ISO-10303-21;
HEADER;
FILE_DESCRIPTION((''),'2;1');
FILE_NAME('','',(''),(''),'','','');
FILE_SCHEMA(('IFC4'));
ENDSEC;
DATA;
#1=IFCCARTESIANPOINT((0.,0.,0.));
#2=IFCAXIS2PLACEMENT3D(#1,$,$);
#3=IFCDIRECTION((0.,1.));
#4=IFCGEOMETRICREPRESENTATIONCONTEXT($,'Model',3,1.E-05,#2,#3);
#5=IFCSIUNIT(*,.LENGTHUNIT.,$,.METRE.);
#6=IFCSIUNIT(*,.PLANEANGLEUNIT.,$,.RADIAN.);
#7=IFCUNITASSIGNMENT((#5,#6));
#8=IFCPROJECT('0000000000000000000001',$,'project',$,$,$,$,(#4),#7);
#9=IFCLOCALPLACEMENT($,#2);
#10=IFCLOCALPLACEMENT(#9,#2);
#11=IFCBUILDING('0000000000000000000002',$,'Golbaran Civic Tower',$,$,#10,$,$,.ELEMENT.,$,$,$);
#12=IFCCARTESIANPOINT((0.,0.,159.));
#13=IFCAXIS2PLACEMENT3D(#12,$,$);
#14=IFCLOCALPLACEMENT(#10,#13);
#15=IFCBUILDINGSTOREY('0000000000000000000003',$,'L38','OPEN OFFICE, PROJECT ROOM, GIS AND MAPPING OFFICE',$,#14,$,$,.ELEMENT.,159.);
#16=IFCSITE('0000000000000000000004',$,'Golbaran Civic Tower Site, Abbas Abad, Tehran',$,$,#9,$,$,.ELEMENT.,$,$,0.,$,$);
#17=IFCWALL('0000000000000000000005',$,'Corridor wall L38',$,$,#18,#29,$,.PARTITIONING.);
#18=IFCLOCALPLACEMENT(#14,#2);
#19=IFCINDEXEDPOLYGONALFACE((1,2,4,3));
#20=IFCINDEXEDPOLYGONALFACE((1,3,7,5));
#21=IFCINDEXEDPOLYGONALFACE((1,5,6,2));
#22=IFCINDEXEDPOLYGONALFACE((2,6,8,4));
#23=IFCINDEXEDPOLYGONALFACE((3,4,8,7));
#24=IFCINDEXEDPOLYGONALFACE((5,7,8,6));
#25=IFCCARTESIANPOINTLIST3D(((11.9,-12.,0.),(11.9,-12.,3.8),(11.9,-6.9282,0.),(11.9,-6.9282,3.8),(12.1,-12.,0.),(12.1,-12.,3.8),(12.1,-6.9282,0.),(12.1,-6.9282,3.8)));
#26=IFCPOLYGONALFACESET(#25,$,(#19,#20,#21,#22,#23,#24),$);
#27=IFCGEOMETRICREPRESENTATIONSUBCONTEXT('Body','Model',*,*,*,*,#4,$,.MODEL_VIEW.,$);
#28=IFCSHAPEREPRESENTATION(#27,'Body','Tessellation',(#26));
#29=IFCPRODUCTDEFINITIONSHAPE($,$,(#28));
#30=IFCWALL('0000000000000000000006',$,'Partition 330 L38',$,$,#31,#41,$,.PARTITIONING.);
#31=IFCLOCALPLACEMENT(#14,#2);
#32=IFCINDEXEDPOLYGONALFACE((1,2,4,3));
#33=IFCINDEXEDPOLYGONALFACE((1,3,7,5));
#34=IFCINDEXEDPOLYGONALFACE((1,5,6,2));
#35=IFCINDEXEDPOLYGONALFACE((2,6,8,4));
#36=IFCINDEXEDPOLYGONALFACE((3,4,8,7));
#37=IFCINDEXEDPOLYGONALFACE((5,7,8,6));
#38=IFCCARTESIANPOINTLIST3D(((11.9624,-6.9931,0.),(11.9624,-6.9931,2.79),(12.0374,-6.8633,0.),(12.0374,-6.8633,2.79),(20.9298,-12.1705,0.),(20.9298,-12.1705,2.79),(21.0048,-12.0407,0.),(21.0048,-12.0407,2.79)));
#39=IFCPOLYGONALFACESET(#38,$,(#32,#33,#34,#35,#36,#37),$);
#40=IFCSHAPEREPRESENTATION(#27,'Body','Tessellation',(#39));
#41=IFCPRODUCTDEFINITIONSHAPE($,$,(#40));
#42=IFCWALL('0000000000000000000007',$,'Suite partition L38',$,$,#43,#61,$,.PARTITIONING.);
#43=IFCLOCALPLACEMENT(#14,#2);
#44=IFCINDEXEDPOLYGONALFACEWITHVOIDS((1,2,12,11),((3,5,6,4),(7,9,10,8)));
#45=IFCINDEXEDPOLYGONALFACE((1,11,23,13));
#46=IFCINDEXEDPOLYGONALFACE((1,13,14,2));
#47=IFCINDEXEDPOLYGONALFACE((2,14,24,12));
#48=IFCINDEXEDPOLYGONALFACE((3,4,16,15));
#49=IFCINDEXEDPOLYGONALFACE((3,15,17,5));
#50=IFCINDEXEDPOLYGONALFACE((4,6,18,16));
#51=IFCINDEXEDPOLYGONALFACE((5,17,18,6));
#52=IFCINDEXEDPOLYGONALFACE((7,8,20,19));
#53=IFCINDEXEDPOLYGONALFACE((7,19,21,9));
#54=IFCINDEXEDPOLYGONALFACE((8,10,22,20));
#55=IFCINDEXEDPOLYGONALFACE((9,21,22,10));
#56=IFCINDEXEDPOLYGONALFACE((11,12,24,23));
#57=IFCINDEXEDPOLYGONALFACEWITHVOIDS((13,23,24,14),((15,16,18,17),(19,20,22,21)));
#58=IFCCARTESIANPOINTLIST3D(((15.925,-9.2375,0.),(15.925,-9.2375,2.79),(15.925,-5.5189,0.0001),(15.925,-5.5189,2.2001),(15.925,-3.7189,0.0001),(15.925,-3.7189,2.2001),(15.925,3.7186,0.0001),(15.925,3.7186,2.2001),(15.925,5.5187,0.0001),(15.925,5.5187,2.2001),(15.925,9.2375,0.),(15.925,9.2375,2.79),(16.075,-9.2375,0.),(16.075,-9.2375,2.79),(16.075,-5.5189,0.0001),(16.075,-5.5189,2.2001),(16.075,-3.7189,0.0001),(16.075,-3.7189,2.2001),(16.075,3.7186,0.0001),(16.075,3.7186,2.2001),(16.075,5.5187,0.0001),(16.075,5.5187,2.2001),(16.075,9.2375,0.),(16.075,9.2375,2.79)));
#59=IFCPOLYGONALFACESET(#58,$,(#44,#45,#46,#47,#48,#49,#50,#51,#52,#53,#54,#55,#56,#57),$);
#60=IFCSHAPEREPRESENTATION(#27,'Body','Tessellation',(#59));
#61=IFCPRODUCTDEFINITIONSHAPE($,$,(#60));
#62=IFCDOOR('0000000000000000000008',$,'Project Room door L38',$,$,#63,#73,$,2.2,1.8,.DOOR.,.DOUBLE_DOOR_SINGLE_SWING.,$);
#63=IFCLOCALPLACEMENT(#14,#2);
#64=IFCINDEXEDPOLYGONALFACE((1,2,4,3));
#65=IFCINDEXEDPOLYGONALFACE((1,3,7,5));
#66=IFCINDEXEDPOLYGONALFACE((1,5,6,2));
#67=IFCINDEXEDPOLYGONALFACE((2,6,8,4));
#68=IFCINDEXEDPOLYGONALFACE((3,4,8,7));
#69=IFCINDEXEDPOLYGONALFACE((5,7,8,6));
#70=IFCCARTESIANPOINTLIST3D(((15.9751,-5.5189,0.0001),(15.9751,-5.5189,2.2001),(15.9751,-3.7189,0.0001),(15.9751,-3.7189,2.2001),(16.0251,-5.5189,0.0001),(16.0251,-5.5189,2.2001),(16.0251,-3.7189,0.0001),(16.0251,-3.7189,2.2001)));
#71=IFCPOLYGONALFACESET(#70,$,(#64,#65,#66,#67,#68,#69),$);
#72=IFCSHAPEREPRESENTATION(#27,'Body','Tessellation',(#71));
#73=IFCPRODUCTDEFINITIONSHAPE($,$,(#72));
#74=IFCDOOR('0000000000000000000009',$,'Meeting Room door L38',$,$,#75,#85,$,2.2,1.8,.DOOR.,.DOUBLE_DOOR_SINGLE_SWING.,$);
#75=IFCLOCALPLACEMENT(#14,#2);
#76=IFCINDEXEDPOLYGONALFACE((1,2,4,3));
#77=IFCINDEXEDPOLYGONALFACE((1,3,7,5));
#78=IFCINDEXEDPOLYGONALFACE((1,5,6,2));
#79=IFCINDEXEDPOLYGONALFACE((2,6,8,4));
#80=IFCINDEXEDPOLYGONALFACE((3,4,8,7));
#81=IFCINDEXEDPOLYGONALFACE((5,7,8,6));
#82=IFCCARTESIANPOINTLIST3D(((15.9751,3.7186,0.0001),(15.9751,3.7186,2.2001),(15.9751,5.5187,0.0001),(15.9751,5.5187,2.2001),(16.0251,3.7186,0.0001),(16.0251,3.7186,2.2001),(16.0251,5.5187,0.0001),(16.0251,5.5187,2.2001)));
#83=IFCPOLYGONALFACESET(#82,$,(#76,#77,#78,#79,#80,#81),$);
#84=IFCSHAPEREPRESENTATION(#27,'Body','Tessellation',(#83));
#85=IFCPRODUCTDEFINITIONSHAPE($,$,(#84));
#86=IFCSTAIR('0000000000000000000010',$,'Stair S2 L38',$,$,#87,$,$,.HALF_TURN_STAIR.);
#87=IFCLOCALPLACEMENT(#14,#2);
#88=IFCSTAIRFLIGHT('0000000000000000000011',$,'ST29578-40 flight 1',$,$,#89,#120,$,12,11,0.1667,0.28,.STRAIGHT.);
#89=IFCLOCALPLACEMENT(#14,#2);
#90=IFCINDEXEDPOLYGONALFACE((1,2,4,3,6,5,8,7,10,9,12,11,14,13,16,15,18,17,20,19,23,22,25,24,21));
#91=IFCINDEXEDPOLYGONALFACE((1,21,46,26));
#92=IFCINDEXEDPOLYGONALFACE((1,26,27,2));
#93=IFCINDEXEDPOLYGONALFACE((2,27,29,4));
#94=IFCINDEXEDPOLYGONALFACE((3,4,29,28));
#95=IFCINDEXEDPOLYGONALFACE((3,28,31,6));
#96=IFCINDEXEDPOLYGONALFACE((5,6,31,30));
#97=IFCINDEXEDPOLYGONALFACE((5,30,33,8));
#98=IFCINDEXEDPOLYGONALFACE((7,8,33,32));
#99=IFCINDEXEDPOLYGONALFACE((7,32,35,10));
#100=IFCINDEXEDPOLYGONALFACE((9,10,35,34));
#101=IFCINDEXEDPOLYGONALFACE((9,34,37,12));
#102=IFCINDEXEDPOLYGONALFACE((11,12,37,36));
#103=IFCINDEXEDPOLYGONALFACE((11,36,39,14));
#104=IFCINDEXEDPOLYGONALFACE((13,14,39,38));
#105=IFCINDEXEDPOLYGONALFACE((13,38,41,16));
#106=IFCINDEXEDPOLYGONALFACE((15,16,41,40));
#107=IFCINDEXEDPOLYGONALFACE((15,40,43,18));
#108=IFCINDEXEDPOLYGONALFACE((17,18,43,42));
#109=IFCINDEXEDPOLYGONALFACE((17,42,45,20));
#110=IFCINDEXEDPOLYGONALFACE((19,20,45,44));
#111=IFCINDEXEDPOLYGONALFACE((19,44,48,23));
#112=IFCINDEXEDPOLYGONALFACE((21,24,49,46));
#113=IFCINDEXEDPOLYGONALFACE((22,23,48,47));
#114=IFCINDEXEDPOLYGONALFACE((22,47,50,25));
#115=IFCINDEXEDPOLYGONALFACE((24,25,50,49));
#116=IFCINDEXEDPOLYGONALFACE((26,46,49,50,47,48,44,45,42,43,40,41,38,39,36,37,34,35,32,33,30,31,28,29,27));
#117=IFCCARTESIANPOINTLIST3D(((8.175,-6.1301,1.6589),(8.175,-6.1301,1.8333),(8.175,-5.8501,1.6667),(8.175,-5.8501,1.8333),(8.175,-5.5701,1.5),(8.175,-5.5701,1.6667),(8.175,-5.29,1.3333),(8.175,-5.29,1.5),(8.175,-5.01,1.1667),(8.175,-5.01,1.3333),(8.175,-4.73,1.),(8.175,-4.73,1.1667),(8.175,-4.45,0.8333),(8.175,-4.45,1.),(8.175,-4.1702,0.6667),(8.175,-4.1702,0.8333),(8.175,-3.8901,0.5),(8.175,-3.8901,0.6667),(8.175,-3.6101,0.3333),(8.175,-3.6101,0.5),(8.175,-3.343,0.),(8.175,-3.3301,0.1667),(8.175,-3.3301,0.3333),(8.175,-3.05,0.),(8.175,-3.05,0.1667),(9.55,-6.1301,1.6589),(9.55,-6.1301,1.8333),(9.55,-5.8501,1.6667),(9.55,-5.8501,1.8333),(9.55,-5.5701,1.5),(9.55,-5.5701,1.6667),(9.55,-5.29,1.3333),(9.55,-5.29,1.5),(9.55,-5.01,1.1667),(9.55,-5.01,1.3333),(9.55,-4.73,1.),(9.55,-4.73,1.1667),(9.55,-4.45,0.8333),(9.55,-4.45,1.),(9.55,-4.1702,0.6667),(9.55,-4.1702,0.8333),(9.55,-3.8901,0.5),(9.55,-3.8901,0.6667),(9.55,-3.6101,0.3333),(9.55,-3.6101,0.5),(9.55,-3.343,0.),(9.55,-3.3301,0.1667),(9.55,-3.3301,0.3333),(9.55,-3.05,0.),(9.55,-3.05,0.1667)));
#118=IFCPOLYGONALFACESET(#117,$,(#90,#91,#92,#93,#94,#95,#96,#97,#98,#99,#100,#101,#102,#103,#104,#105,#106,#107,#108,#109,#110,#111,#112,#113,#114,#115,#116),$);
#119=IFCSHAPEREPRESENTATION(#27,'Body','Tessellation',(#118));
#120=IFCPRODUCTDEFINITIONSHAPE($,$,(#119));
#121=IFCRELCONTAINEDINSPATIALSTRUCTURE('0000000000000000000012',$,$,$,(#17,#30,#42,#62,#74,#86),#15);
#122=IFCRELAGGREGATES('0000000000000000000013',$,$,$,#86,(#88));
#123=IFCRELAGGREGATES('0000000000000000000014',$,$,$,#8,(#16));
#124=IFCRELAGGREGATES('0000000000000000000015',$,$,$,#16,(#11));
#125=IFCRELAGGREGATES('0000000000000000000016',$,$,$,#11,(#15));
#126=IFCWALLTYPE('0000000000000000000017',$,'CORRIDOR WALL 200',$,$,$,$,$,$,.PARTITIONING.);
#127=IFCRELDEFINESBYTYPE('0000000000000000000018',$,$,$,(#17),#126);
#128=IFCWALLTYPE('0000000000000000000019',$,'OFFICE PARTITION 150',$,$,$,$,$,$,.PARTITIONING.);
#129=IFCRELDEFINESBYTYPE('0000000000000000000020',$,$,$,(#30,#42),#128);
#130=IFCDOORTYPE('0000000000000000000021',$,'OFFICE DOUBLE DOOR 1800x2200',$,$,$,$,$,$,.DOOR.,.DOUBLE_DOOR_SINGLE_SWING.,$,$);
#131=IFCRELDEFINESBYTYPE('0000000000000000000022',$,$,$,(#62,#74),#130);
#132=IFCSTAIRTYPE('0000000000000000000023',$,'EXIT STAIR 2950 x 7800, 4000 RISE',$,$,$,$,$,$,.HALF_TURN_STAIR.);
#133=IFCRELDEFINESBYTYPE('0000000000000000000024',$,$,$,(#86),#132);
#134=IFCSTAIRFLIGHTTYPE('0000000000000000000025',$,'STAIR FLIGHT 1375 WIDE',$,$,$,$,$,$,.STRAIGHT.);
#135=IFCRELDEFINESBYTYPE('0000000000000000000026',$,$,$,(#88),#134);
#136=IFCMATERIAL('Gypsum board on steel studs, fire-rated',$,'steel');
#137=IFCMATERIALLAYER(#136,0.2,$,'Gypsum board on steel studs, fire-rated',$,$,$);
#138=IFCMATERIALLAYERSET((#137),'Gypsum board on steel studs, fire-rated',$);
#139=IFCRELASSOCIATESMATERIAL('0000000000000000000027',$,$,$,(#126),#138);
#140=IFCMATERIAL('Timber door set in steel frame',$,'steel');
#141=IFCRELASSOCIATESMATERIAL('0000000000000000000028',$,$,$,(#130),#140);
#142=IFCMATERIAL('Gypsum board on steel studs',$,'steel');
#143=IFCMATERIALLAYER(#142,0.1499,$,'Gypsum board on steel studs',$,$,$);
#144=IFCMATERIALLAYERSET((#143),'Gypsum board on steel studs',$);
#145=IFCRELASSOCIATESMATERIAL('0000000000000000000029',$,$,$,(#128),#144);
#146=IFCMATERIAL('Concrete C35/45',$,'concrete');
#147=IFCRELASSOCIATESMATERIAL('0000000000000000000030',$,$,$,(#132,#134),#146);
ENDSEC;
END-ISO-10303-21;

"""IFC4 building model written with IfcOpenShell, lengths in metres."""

from ifc_helpers import new_model, si_unit, direction, frame, frame_2d, origin, place, context, subcontext, project, spatial, polyline, rectangle, outline, extrude, material, layer, layer_set, type_object, element, fill, aggregate, save


model = new_model("IFC4")

# Units and contexts
model_context = context("Model", 3, precision=1e-05, world=origin(), true_north=direction((0.0, 1.0)))
body_context = subcontext(model_context, "Body", "Model", "MODEL_VIEW")
ifc_project = project(units=[si_unit("LENGTHUNIT", "METRE"), si_unit("PLANEANGLEUNIT", "RADIAN")], contexts=[model_context])

# Site, building, storey
site_placement = place(None, origin())
site = spatial("IfcSite", under=ifc_project, at=site_placement, Name="Golbaran Civic Tower Site, Abbas Abad, Tehran", CompositionType="ELEMENT", RefElevation=0.0)
building_placement = place(site_placement, origin())
building = spatial("IfcBuilding", under=site, at=building_placement, Name="Golbaran Civic Tower", CompositionType="ELEMENT")
storey_placement = place(building_placement, frame((0.0, 0.0, 159.0)))
storey = spatial("IfcBuildingStorey", under=building, at=storey_placement, Name="L38", Description="OPEN OFFICE, PROJECT ROOM, GIS AND MAPPING OFFICE", CompositionType="ELEMENT", Elevation=159.0)

# Shared definitions
ifc_material_1 = material(Name="Timber door set in steel frame", Category="steel")

# Shared definitions
ifc_material_2 = material(Name="Gypsum board on steel studs, fire-rated", Category="steel")
ifc_layer_1 = layer(ifc_material_2, 0.2, Name="Gypsum board on steel studs, fire-rated")
ifc_layer_set_1 = layer_set([ifc_layer_1], Name="Gypsum board on steel studs, fire-rated")
wall_type_1 = type_object("IfcWallType", Name="CORRIDOR WALL 200", PredefinedType="PARTITIONING", material=ifc_layer_set_1)
door_type_1 = type_object("IfcDoorType", Name="OFFICE DOUBLE DOOR 1800x2200", OperationType="DOUBLE_DOOR_SINGLE_SWING", PredefinedType="DOOR", material=ifc_material_1)

# Walls
wall_1_placement = place(storey_placement, frame((12.0, -12.0, 0.0), z_axis=(0.0, 0.0, 1.0), x_axis=(0.0, 1.0, 0.0)))
element("IfcWall", 1, at=wall_1_placement, inside=storey, type_object=wall_type_1, Name="Corridor wall L38", PredefinedType="PARTITIONING", context=body_context, shape_type="SweptSolid", body=[
    extrude(rectangle(XDim=5.0718, YDim=0.2, at=frame_2d((2.5359, 0.0))), origin(), (0.0, 0.0, 1.0), 3.8),
])
ifc_material_3 = material(Name="Gypsum board on steel studs", Category="steel")
ifc_layer_2 = layer(ifc_material_3, 0.1499, Name="Gypsum board on steel studs")
ifc_layer_set_2 = layer_set([ifc_layer_2], Name="Gypsum board on steel studs")
wall_type_2 = type_object("IfcWallType", Name="OFFICE PARTITION 150", PredefinedType="PARTITIONING", material=ifc_layer_set_2)
wall_2_placement = place(storey_placement, frame((12.0, -6.9282, 0.0), z_axis=(0.0, 0.0, 1.0), x_axis=(0.866022, -0.500006, 0.0)))
element("IfcWall", 2, at=wall_2_placement, inside=storey, type_object=wall_type_2, Name="Partition 330 L38", PredefinedType="PARTITIONING", context=body_context, shape_type="SweptSolid", body=[
    extrude(rectangle(XDim=10.3547, YDim=0.1499, at=frame_2d((5.1772, 0.0))), origin(), (0.0, 0.0, 1.0), 2.79),
])

# Wall, openings, doors
wall_3_placement = place(storey_placement, frame((16.0, -9.2375, 0.0), z_axis=(0.0, 0.0, 1.0), x_axis=(0.0, 1.0, 0.0)))
wall_3 = element("IfcWall", 3, at=wall_3_placement, inside=storey, type_object=wall_type_2, Name="Suite partition L38", PredefinedType="PARTITIONING", context=body_context, shape_type="SweptSolid", body=[
    extrude(rectangle(XDim=18.4751, YDim=0.1499, at=frame_2d((9.2375, 0.0))), origin(), (0.0, 0.0, 1.0), 2.79),
])
opening_1_placement = place(wall_3_placement, frame((3.7188, 0.0, 0.0)))
opening_1 = element("IfcOpeningElement", 4, at=opening_1_placement, cuts=wall_3, PredefinedType="OPENING", context=body_context, shape_type="SweptSolid", body=[
    extrude(rectangle(XDim=1.8, YDim=2.2, at=frame_2d((0.8999, 1.1001))), frame((0.0, 0.085, 0.0), z_axis=(0.0, -1.0, 0.0), x_axis=(1.0, 0.0, 0.0)), (0.0, 0.0, 1.0), 0.1699),
])
opening_2_placement = place(wall_3_placement, frame((12.9563, 0.0, 0.0)))
opening_2 = element("IfcOpeningElement", 5, at=opening_2_placement, cuts=wall_3, PredefinedType="OPENING", context=body_context, shape_type="SweptSolid", body=[
    extrude(rectangle(XDim=1.8, YDim=2.2, at=frame_2d((0.8999, 1.1001))), frame((0.0, 0.085, 0.0), z_axis=(0.0, -1.0, 0.0), x_axis=(1.0, 0.0, 0.0)), (0.0, 0.0, 1.0), 0.1699),
])
door_1_placement = place(opening_1_placement, origin())
door_1 = element("IfcDoor", 6, at=door_1_placement, inside=storey, type_object=door_type_1, Name="Project Room door L38", OperationType="DOUBLE_DOOR_SINGLE_SWING", OverallHeight=2.2, OverallWidth=1.8, PredefinedType="DOOR", context=body_context, shape_type="SweptSolid", body=[
    extrude(rectangle(XDim=1.8, YDim=2.2, at=frame_2d((0.8999, 1.1001))), frame((0.0, 0.0249, 0.0), z_axis=(0.0, -1.0, 0.0), x_axis=(1.0, 0.0, 0.0)), (0.0, 0.0, 1.0), 0.05),
])
fill(opening_1, door_1)
door_2_placement = place(opening_2_placement, origin())
door_2 = element("IfcDoor", 7, at=door_2_placement, inside=storey, type_object=door_type_1, Name="Meeting Room door L38", OperationType="DOUBLE_DOOR_SINGLE_SWING", OverallHeight=2.2, OverallWidth=1.8, PredefinedType="DOOR", context=body_context, shape_type="SweptSolid", body=[
    extrude(rectangle(XDim=1.8, YDim=2.2, at=frame_2d((0.8999, 1.1001))), frame((0.0, 0.0249, 0.0), z_axis=(0.0, -1.0, 0.0), x_axis=(1.0, 0.0, 0.0)), (0.0, 0.0, 1.0), 0.05),
])
fill(opening_2, door_2)

# Stair, stair flight
ifc_material_4 = material(Name="Concrete C35/45", Category="concrete")
stair_type = type_object("IfcStairType", Name="EXIT STAIR 2950 x 7800, 4000 RISE", PredefinedType="HALF_TURN_STAIR", material=ifc_material_4)
stair_placement = place(storey_placement, origin())
stair = element("IfcStair", 8, at=stair_placement, inside=storey, type_object=stair_type, Name="Stair S2 L38", PredefinedType="HALF_TURN_STAIR")
stair_flight_type = type_object("IfcStairFlightType", Name="STAIR FLIGHT 1375 WIDE", PredefinedType="STRAIGHT", material=ifc_material_4)
stair_flight_placement = place(storey_placement, frame((8.8625, -3.05, 0.0), z_axis=(0.0, 0.0, 1.0), x_axis=(0.0, -1.0, 0.0)))
stair_flight = element("IfcStairFlight", 9, at=stair_flight_placement, type_object=stair_flight_type, Name="ST29578-40 flight 1", NumberOfRisers=12, NumberOfTreads=11, PredefinedType="STRAIGHT", RiserHeight=0.1667, TreadLength=0.28, context=body_context, shape_type="SweptSolid", body=[
    extrude(outline(polyline([(0.0, 0.0), (0.0, 0.1667), (0.28, 0.1667), (0.28, 0.3333), (0.5601, 0.3333), (0.5601, 0.5), (0.8401, 0.5), (0.8401, 0.6667), (1.1201, 0.6667), (1.1201, 0.8333), (1.3999, 0.8333), (1.3999, 1.0), (1.6799, 1.0), (1.6799, 1.1667), (1.96, 1.1667), (1.96, 1.3333), (2.24, 1.3333), (2.24, 1.5), (2.52, 1.5), (2.52, 1.6667), (2.8, 1.6667), (2.8, 1.8333), (3.0801, 1.8333), (3.0801, 2.0), (3.0801, 1.6589), (0.293, 0.0), (0.0, 0.0)])), frame((0.0, 0.6875, 0.0), z_axis=(0.0, -1.0, 0.0), x_axis=(1.0, 0.0, 0.0)), (0.0, 0.0, 1.0), 1.375),
])
aggregate(stair, [stair_flight])

save(model, "model.ifc")
